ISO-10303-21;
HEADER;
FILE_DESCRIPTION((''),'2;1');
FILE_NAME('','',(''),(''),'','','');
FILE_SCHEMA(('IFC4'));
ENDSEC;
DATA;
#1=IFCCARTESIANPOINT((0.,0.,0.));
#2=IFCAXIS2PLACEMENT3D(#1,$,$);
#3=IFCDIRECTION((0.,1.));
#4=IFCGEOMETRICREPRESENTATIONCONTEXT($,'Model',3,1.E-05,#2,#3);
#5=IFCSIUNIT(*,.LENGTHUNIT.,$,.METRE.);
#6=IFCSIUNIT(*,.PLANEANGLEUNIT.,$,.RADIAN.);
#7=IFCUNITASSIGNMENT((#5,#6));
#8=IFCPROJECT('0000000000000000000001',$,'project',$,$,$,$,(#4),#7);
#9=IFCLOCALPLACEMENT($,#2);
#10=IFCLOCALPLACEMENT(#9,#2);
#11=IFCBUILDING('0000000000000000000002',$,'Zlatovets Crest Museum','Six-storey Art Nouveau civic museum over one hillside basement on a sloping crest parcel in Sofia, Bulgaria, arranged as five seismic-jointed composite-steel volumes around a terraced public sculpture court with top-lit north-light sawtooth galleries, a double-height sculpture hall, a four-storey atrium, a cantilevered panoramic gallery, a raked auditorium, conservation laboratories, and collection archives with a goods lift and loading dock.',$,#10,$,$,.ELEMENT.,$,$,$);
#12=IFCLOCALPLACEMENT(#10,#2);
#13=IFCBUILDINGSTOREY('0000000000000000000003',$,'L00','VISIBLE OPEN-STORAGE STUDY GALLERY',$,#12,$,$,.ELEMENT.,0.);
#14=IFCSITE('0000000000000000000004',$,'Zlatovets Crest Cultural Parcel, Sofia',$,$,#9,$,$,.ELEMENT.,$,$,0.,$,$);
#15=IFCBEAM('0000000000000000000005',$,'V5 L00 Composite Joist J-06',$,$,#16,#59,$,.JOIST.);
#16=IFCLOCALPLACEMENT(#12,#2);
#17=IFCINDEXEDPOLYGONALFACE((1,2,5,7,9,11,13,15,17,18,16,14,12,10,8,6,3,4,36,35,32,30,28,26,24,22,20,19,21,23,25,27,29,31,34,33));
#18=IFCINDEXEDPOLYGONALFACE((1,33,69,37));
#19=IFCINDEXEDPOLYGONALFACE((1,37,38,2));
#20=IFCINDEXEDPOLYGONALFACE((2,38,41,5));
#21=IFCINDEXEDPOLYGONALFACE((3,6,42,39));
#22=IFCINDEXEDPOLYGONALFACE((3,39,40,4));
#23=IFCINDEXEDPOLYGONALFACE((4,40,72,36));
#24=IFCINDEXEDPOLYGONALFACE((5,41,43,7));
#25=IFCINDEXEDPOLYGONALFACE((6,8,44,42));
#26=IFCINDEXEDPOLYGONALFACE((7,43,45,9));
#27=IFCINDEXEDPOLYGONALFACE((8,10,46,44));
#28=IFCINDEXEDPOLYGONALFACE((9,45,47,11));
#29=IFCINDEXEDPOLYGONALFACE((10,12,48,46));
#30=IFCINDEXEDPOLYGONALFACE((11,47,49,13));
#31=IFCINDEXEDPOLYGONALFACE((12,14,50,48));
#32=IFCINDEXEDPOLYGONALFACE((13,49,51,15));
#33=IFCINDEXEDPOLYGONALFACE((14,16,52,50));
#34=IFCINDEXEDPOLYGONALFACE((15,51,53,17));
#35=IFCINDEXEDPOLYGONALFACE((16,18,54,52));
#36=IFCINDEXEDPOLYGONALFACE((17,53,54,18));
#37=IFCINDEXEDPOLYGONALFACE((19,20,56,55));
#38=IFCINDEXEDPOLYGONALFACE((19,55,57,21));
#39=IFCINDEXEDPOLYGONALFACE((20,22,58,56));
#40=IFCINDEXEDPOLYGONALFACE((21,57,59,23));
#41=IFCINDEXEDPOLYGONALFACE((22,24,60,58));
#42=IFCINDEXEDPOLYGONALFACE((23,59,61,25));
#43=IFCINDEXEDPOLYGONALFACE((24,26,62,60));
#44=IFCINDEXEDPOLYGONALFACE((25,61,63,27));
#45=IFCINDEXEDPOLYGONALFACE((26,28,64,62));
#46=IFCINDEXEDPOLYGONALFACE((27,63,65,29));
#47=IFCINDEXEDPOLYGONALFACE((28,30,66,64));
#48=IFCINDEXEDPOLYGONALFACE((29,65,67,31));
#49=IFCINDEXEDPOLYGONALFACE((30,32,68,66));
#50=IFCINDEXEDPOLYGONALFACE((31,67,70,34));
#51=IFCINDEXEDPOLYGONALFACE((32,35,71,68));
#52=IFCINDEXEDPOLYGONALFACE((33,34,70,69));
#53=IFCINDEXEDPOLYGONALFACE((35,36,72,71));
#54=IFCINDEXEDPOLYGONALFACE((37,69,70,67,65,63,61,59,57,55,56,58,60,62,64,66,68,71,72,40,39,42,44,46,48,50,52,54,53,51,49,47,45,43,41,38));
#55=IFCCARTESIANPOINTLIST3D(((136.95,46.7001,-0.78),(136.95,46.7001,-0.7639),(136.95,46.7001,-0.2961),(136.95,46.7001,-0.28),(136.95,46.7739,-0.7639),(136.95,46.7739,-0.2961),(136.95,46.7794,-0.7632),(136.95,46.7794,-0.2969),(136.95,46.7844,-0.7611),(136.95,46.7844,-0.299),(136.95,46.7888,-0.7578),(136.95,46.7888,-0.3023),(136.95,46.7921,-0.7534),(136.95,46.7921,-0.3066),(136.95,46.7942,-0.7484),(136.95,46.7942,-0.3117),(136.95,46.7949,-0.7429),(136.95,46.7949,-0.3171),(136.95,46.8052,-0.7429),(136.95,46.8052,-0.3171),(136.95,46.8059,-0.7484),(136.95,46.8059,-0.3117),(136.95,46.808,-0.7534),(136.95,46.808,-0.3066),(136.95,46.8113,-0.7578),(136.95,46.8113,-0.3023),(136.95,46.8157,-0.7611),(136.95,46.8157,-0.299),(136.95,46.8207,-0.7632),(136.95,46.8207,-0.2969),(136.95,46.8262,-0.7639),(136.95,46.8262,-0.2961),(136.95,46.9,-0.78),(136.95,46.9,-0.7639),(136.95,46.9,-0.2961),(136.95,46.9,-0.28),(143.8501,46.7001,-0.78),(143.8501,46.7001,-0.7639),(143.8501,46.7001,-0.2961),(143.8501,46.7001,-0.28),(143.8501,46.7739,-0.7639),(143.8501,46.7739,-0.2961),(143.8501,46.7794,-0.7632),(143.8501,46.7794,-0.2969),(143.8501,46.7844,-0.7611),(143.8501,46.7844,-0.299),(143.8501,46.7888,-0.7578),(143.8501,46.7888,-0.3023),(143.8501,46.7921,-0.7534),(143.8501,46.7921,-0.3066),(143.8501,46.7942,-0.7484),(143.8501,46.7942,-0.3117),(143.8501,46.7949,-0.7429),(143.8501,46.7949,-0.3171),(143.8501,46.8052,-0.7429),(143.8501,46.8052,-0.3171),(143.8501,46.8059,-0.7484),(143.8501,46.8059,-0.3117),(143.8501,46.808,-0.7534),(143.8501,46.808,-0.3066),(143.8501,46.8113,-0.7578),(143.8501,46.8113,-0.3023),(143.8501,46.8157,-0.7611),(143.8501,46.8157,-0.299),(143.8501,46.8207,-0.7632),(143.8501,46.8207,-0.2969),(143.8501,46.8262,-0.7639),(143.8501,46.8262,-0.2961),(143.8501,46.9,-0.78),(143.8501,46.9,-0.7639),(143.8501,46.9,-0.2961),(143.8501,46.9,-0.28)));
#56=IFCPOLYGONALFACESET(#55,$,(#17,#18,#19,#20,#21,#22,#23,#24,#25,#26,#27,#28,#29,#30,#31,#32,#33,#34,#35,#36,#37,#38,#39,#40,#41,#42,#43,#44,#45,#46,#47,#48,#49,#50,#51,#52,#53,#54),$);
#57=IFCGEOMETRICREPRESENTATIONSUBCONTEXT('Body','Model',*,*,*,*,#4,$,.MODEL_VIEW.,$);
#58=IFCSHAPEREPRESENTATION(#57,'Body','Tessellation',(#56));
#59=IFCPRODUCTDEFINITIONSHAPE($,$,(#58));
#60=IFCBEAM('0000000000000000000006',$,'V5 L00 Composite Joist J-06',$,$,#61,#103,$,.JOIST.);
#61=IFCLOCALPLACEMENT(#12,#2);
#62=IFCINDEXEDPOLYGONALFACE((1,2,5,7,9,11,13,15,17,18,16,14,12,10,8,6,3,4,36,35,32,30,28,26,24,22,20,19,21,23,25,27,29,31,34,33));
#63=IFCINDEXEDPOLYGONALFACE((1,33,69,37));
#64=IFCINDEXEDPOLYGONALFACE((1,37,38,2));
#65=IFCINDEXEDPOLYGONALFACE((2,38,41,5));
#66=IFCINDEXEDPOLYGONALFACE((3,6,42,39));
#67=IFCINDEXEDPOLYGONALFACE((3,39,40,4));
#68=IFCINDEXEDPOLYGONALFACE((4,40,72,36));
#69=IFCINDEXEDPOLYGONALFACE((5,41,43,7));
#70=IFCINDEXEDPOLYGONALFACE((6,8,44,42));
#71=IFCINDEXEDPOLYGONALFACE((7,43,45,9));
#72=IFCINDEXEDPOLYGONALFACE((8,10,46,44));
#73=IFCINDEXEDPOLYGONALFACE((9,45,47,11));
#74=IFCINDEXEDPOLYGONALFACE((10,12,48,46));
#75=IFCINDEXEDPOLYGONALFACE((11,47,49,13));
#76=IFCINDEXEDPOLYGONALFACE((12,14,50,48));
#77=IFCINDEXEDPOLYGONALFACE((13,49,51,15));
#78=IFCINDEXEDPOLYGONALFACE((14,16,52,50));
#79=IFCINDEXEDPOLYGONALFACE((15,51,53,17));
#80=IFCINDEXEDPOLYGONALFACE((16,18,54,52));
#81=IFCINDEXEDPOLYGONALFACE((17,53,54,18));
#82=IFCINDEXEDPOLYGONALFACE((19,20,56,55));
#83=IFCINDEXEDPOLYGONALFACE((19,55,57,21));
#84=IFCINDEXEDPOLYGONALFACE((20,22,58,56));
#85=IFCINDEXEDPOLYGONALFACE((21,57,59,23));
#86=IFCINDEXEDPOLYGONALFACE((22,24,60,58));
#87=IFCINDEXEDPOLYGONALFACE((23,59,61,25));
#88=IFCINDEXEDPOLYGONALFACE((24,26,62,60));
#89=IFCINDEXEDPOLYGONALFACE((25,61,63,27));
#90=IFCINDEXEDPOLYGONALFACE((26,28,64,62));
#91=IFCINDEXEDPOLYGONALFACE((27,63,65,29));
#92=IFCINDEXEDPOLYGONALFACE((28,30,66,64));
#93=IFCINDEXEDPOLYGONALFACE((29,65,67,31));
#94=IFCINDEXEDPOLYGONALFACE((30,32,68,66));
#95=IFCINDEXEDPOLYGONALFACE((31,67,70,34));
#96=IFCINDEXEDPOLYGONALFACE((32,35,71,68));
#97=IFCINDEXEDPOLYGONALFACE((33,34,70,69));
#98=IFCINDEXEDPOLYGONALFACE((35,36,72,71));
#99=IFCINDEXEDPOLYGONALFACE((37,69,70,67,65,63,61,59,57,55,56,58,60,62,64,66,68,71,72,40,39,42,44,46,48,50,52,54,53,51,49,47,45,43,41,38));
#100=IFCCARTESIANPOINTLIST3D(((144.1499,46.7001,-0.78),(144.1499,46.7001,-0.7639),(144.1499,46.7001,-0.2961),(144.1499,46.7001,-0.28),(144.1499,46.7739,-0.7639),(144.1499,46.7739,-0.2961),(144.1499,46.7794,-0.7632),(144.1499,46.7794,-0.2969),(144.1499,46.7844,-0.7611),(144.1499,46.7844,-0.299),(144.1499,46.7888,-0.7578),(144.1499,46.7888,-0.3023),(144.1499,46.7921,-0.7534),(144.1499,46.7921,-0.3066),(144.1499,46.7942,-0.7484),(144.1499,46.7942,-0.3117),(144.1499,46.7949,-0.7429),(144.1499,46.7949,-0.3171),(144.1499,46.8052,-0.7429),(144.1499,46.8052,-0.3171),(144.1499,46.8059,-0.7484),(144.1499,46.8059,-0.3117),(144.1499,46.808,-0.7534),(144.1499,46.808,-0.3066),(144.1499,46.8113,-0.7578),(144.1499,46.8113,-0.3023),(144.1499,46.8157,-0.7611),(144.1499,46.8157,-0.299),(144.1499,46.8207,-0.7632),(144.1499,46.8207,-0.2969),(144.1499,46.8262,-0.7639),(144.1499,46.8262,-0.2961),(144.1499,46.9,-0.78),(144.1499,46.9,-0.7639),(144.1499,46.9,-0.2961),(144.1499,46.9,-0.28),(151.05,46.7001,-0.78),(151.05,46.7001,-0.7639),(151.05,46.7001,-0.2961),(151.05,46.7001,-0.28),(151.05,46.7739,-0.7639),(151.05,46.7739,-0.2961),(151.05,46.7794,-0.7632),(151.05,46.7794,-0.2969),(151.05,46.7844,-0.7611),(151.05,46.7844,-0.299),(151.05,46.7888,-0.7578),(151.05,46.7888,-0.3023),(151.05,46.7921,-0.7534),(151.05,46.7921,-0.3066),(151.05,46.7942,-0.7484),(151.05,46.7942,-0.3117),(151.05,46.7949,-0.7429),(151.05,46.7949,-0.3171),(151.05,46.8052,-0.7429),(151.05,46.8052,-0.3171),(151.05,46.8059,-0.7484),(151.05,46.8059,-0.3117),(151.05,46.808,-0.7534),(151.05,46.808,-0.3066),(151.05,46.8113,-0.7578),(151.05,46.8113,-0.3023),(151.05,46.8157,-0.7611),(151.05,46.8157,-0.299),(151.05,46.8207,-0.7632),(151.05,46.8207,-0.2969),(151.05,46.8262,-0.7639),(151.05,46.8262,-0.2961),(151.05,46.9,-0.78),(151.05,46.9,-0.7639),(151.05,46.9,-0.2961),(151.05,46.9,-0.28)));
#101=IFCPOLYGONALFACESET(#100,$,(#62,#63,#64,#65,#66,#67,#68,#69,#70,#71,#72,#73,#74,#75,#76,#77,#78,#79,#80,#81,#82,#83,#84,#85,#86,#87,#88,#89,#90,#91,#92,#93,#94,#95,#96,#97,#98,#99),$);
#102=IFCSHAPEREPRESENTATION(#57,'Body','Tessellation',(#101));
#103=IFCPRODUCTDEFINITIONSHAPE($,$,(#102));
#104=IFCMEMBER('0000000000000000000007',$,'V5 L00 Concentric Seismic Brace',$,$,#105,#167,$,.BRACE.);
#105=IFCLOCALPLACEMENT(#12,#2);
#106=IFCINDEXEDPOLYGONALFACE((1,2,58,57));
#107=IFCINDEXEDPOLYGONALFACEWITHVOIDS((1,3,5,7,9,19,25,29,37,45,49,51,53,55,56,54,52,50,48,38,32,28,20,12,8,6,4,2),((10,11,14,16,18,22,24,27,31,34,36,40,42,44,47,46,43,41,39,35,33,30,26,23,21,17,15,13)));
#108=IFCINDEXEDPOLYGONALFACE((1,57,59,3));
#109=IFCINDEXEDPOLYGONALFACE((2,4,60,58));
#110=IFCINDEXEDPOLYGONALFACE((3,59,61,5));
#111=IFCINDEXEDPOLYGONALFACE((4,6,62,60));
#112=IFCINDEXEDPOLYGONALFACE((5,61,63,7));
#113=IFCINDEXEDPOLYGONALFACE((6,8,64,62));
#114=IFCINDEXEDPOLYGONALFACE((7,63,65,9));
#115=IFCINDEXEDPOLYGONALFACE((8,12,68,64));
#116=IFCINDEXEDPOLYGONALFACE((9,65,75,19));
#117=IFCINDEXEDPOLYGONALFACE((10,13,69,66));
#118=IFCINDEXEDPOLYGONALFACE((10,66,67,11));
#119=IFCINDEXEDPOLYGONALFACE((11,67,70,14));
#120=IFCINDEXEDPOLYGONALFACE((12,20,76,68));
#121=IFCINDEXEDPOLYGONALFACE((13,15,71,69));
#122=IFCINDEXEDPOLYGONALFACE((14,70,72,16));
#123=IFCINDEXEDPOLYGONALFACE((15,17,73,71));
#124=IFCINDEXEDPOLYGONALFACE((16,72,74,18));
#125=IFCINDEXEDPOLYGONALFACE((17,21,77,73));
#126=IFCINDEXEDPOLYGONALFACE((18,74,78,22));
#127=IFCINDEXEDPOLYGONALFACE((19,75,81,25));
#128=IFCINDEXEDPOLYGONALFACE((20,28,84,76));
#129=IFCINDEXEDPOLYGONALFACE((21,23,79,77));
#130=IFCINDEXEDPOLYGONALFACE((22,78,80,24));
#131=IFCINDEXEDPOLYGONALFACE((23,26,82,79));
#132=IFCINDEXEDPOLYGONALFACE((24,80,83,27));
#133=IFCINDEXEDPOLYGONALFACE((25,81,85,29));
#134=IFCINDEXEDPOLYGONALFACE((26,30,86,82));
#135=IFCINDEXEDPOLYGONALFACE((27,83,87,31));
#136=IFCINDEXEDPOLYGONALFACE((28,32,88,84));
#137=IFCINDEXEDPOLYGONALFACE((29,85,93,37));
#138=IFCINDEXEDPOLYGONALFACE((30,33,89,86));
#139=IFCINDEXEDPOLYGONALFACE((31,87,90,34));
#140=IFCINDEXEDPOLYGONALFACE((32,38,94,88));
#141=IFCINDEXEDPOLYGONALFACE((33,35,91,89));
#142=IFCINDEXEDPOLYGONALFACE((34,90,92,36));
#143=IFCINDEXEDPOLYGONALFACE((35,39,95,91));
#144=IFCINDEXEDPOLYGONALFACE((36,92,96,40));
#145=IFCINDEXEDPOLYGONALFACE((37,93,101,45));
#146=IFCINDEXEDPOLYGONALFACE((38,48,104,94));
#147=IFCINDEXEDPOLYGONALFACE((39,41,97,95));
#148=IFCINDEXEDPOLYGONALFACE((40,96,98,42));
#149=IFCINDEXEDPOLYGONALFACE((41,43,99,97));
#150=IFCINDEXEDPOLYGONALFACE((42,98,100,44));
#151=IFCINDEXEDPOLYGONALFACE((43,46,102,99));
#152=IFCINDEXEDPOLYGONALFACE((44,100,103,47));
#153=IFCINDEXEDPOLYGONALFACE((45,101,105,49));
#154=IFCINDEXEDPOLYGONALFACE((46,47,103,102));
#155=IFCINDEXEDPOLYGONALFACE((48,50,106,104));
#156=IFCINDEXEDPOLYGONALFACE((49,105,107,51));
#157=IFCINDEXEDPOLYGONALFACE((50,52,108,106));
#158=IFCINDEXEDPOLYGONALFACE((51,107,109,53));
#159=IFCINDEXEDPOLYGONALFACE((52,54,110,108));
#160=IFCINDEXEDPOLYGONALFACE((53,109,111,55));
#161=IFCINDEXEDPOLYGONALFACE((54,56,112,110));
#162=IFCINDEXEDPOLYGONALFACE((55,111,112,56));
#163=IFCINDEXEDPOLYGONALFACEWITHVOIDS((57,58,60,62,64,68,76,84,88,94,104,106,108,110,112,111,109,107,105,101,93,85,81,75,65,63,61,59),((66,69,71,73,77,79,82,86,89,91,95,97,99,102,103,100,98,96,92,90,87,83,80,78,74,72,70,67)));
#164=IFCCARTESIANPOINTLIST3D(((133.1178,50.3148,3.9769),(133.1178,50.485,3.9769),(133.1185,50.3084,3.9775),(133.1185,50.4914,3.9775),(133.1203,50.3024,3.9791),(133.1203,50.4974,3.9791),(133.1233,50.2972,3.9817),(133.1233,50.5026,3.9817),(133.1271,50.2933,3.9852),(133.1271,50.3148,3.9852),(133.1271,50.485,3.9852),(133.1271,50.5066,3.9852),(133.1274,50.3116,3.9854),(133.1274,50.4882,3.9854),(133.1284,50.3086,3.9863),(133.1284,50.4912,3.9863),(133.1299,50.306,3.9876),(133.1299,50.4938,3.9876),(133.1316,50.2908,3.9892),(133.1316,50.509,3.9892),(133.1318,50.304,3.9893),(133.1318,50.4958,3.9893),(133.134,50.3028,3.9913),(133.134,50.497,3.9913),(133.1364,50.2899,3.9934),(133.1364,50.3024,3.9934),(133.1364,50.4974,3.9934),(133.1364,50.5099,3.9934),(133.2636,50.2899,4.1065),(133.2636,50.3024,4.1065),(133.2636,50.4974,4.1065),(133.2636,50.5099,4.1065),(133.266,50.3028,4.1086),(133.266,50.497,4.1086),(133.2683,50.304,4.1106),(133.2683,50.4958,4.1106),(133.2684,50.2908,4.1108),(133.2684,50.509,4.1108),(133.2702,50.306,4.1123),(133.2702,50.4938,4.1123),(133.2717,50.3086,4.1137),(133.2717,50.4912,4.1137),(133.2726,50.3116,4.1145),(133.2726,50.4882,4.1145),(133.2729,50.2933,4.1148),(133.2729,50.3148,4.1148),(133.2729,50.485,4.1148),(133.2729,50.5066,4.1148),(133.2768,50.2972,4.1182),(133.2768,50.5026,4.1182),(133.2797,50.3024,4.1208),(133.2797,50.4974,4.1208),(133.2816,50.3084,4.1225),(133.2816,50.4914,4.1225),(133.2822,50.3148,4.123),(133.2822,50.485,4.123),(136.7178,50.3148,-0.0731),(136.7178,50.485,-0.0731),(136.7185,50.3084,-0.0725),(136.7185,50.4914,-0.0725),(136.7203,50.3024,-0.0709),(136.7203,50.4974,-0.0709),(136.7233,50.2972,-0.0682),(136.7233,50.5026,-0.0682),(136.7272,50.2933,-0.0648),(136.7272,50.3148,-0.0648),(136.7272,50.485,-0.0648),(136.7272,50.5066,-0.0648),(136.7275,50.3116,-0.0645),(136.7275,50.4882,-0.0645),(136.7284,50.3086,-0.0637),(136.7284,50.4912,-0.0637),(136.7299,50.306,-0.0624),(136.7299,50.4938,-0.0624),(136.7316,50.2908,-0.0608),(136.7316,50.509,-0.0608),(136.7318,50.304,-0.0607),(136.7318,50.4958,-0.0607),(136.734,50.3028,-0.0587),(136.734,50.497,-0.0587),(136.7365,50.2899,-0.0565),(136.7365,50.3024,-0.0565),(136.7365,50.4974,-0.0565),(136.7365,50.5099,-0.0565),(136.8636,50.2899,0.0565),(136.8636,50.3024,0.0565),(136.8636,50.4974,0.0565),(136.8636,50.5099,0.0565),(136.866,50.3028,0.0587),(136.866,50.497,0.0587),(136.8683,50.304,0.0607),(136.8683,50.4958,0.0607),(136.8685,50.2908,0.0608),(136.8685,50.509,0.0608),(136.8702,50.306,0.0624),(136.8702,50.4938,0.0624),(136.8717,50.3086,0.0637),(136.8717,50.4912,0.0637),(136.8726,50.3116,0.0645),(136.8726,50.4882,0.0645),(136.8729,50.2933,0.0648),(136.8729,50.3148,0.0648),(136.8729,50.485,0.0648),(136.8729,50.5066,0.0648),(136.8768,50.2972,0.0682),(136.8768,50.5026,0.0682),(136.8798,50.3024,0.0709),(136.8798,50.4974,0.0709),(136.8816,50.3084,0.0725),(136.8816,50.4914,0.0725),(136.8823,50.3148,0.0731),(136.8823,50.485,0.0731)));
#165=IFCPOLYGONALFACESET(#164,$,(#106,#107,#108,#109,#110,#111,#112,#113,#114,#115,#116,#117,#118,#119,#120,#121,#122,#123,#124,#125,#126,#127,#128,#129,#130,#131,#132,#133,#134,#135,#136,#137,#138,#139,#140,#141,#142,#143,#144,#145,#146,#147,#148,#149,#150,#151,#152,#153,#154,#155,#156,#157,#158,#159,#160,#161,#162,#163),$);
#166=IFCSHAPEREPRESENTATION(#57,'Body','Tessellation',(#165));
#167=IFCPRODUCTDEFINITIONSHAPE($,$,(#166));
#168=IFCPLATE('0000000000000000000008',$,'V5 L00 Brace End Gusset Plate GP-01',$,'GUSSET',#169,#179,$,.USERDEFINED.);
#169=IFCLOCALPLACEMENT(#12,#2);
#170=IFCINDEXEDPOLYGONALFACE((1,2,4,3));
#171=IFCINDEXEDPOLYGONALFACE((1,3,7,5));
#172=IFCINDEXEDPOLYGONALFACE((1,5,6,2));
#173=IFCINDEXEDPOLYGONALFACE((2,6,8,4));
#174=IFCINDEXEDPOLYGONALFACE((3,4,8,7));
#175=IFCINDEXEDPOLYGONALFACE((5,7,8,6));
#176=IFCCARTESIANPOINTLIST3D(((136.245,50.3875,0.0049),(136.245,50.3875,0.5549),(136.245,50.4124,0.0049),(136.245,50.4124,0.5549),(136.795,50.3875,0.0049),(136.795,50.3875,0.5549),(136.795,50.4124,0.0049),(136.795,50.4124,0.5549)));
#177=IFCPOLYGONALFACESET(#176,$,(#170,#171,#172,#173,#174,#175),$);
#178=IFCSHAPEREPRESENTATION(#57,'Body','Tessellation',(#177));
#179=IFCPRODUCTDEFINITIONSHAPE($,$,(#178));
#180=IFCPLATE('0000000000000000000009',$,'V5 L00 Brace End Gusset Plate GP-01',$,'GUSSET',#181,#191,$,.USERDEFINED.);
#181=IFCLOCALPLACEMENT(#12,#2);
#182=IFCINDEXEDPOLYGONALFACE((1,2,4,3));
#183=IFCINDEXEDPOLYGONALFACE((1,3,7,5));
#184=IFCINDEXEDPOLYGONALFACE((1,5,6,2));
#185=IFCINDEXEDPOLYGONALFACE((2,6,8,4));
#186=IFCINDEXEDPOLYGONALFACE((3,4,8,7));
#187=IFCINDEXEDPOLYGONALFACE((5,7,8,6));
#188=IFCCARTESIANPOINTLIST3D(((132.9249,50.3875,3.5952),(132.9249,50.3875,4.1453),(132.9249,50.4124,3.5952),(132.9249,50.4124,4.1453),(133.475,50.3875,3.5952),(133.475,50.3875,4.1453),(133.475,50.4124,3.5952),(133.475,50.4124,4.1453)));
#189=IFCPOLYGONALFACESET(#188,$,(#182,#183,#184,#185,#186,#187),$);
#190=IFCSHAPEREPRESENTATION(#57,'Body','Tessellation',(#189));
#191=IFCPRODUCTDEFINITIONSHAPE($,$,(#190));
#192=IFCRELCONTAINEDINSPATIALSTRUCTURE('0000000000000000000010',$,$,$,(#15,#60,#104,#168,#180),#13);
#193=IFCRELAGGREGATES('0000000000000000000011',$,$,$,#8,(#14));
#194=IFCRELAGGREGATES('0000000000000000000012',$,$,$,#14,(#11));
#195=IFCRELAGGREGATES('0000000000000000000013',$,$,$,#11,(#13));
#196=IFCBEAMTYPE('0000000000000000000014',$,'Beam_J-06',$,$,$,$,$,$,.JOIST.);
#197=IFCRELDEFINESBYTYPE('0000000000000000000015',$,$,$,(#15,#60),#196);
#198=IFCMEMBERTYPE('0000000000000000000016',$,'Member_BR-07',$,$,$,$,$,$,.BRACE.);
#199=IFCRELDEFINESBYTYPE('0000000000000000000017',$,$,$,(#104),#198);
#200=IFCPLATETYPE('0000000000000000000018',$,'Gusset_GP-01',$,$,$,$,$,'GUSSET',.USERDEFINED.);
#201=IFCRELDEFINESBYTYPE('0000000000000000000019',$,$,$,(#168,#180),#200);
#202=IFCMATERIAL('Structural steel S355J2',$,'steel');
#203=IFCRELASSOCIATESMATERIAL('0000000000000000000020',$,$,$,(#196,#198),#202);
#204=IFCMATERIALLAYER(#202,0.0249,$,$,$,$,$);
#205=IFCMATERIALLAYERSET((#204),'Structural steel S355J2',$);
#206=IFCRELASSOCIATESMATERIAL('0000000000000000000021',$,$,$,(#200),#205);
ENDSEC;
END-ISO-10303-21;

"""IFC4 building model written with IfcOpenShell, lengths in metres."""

from ifc_helpers import new_model, si_unit, direction, frame, origin, origin_2d, place, context, subcontext, project, spatial, rectangle, hollow_rectangle, i_section, extrude, material, layer, layer_set, material_profile, profile_set, type_object, element, save


model = new_model("IFC4")

# Units and contexts
model_context = context("Model", 3, precision=1e-05, world=origin(), true_north=direction((0.0, 1.0)))
body_context = subcontext(model_context, "Body", "Model", "MODEL_VIEW")
ifc_project = project(units=[si_unit("LENGTHUNIT", "METRE"), si_unit("PLANEANGLEUNIT", "RADIAN")], contexts=[model_context])

# Site, building, storey
site_placement = place(None, origin())
site = spatial("IfcSite", under=ifc_project, at=site_placement, Name="Zlatovets Crest Cultural Parcel, Sofia", CompositionType="ELEMENT", RefElevation=0.0)
building_placement = place(site_placement, origin())
building = spatial("IfcBuilding", under=site, at=building_placement, Name="Zlatovets Crest Museum", Description="Six-storey Art Nouveau civic museum over one hillside basement on a sloping crest parcel in Sofia, Bulgaria, arranged as five seismic-jointed composite-steel volumes around a terraced public sculpture court with top-lit north-light sawtooth galleries, a double-height sculpture hall, a four-storey atrium, a cantilevered panoramic gallery, a raked auditorium, conservation laboratories, and collection archives with a goods lift and loading dock.", CompositionType="ELEMENT")
storey_placement = place(building_placement, origin())
storey = spatial("IfcBuildingStorey", under=building, at=storey_placement, Name="L00", Description="VISIBLE OPEN-STORAGE STUDY GALLERY", CompositionType="ELEMENT", Elevation=0.0)

# Shared definitions
ifc_material_1 = material(Name="Structural steel S355J2", Category="steel")

# Beams
ifc_material_profile_1 = material_profile(ifc_material_1, i_section(OverallWidth=0.2, OverallDepth=0.5, WebThickness=0.0103, FlangeThickness=0.0161, FilletRadius=0.021, at=origin_2d()), Name="IPE 500")
ifc_profile_set_1 = profile_set([ifc_material_profile_1], Name="Structural steel S355J2")
beam_type_1 = type_object("IfcBeamType", Name="Beam_J-06", PredefinedType="JOIST", material=ifc_profile_set_1)
for number, where, z_axis, x_axis, name in (
    (1, (136.95, 46.8, -0.53), (1.0, 0.0, 0.0), (0.0, 1.0, 0.0), "V5 L00 Composite Joist J-06"),
    (2, (144.1499, 46.8, -0.53), (1.0, 0.0, 0.0), (0.0, 1.0, 0.0), "V5 L00 Composite Joist J-06"),
):
    element("IfcBeam", number, at=place(storey_placement, frame(where, z_axis=z_axis, x_axis=x_axis)), inside=storey, type_object=beam_type_1, Name=name, PredefinedType="JOIST", context=body_context, shape_type="SweptSolid", body=[
        extrude(i_section(OverallWidth=0.2, OverallDepth=0.5, WebThickness=0.0103, FlangeThickness=0.0161, FilletRadius=0.021, at=origin_2d()), origin(), (0.0, 0.0, 1.0), 6.9001),
    ])

# Member
ifc_material_profile_2 = material_profile(ifc_material_1, hollow_rectangle(XDim=0.22, YDim=0.22, WallThickness=0.0125, InnerFilletRadius=0.0125, OuterFilletRadius=0.0249, at=origin_2d()), Name="SHS 220x220x12.5")
ifc_profile_set_2 = profile_set([ifc_material_profile_2], Name="Structural steel S355J2")
member_type = type_object("IfcMemberType", Name="Member_BR-07", PredefinedType="BRACE", material=ifc_profile_set_2)
member_placement = place(storey_placement, frame((136.8, 50.3999, 0.0), z_axis=(-0.664369, 0.0, 0.747404), x_axis=(0.0, -1.0, 0.0)))
element("IfcMember", 3, at=member_placement, inside=storey, type_object=member_type, Name="V5 L00 Concentric Seismic Brace", PredefinedType="BRACE", context=body_context, shape_type="SweptSolid", body=[
    extrude(hollow_rectangle(XDim=0.22, YDim=0.22, WallThickness=0.0125, InnerFilletRadius=0.0125, OuterFilletRadius=0.0249, at=origin_2d()), origin(), (0.0, 0.0, 1.0), 5.4187),
])

# Plates
ifc_layer_1 = layer(ifc_material_1, 0.0249)
ifc_layer_set_1 = layer_set([ifc_layer_1], Name="Structural steel S355J2")
plate_type = type_object("IfcPlateType", Name="Gusset_GP-01", ElementType="GUSSET", PredefinedType="USERDEFINED", material=ifc_layer_set_1)
for number, where, z_axis, x_axis, name in (
    (4, (136.52, 50.3999, 0.0049), (0.0, 0.0, 1.0), (1.0, 0.0, 0.0), "V5 L00 Brace End Gusset Plate GP-01"),
    (5, (133.2, 50.3999, 3.5952), (0.0, 0.0, 1.0), (1.0, 0.0, 0.0), "V5 L00 Brace End Gusset Plate GP-01"),
):
    element("IfcPlate", number, at=place(storey_placement, frame(where, z_axis=z_axis, x_axis=x_axis)), inside=storey, type_object=plate_type, Name=name, ObjectType="GUSSET", PredefinedType="USERDEFINED", context=body_context, shape_type="SweptSolid", body=[
        extrude(rectangle(XDim=0.55, YDim=0.0249, at=origin_2d()), origin(), (0.0, 0.0, 1.0), 0.55),
    ])

save(model, "model.ifc")
